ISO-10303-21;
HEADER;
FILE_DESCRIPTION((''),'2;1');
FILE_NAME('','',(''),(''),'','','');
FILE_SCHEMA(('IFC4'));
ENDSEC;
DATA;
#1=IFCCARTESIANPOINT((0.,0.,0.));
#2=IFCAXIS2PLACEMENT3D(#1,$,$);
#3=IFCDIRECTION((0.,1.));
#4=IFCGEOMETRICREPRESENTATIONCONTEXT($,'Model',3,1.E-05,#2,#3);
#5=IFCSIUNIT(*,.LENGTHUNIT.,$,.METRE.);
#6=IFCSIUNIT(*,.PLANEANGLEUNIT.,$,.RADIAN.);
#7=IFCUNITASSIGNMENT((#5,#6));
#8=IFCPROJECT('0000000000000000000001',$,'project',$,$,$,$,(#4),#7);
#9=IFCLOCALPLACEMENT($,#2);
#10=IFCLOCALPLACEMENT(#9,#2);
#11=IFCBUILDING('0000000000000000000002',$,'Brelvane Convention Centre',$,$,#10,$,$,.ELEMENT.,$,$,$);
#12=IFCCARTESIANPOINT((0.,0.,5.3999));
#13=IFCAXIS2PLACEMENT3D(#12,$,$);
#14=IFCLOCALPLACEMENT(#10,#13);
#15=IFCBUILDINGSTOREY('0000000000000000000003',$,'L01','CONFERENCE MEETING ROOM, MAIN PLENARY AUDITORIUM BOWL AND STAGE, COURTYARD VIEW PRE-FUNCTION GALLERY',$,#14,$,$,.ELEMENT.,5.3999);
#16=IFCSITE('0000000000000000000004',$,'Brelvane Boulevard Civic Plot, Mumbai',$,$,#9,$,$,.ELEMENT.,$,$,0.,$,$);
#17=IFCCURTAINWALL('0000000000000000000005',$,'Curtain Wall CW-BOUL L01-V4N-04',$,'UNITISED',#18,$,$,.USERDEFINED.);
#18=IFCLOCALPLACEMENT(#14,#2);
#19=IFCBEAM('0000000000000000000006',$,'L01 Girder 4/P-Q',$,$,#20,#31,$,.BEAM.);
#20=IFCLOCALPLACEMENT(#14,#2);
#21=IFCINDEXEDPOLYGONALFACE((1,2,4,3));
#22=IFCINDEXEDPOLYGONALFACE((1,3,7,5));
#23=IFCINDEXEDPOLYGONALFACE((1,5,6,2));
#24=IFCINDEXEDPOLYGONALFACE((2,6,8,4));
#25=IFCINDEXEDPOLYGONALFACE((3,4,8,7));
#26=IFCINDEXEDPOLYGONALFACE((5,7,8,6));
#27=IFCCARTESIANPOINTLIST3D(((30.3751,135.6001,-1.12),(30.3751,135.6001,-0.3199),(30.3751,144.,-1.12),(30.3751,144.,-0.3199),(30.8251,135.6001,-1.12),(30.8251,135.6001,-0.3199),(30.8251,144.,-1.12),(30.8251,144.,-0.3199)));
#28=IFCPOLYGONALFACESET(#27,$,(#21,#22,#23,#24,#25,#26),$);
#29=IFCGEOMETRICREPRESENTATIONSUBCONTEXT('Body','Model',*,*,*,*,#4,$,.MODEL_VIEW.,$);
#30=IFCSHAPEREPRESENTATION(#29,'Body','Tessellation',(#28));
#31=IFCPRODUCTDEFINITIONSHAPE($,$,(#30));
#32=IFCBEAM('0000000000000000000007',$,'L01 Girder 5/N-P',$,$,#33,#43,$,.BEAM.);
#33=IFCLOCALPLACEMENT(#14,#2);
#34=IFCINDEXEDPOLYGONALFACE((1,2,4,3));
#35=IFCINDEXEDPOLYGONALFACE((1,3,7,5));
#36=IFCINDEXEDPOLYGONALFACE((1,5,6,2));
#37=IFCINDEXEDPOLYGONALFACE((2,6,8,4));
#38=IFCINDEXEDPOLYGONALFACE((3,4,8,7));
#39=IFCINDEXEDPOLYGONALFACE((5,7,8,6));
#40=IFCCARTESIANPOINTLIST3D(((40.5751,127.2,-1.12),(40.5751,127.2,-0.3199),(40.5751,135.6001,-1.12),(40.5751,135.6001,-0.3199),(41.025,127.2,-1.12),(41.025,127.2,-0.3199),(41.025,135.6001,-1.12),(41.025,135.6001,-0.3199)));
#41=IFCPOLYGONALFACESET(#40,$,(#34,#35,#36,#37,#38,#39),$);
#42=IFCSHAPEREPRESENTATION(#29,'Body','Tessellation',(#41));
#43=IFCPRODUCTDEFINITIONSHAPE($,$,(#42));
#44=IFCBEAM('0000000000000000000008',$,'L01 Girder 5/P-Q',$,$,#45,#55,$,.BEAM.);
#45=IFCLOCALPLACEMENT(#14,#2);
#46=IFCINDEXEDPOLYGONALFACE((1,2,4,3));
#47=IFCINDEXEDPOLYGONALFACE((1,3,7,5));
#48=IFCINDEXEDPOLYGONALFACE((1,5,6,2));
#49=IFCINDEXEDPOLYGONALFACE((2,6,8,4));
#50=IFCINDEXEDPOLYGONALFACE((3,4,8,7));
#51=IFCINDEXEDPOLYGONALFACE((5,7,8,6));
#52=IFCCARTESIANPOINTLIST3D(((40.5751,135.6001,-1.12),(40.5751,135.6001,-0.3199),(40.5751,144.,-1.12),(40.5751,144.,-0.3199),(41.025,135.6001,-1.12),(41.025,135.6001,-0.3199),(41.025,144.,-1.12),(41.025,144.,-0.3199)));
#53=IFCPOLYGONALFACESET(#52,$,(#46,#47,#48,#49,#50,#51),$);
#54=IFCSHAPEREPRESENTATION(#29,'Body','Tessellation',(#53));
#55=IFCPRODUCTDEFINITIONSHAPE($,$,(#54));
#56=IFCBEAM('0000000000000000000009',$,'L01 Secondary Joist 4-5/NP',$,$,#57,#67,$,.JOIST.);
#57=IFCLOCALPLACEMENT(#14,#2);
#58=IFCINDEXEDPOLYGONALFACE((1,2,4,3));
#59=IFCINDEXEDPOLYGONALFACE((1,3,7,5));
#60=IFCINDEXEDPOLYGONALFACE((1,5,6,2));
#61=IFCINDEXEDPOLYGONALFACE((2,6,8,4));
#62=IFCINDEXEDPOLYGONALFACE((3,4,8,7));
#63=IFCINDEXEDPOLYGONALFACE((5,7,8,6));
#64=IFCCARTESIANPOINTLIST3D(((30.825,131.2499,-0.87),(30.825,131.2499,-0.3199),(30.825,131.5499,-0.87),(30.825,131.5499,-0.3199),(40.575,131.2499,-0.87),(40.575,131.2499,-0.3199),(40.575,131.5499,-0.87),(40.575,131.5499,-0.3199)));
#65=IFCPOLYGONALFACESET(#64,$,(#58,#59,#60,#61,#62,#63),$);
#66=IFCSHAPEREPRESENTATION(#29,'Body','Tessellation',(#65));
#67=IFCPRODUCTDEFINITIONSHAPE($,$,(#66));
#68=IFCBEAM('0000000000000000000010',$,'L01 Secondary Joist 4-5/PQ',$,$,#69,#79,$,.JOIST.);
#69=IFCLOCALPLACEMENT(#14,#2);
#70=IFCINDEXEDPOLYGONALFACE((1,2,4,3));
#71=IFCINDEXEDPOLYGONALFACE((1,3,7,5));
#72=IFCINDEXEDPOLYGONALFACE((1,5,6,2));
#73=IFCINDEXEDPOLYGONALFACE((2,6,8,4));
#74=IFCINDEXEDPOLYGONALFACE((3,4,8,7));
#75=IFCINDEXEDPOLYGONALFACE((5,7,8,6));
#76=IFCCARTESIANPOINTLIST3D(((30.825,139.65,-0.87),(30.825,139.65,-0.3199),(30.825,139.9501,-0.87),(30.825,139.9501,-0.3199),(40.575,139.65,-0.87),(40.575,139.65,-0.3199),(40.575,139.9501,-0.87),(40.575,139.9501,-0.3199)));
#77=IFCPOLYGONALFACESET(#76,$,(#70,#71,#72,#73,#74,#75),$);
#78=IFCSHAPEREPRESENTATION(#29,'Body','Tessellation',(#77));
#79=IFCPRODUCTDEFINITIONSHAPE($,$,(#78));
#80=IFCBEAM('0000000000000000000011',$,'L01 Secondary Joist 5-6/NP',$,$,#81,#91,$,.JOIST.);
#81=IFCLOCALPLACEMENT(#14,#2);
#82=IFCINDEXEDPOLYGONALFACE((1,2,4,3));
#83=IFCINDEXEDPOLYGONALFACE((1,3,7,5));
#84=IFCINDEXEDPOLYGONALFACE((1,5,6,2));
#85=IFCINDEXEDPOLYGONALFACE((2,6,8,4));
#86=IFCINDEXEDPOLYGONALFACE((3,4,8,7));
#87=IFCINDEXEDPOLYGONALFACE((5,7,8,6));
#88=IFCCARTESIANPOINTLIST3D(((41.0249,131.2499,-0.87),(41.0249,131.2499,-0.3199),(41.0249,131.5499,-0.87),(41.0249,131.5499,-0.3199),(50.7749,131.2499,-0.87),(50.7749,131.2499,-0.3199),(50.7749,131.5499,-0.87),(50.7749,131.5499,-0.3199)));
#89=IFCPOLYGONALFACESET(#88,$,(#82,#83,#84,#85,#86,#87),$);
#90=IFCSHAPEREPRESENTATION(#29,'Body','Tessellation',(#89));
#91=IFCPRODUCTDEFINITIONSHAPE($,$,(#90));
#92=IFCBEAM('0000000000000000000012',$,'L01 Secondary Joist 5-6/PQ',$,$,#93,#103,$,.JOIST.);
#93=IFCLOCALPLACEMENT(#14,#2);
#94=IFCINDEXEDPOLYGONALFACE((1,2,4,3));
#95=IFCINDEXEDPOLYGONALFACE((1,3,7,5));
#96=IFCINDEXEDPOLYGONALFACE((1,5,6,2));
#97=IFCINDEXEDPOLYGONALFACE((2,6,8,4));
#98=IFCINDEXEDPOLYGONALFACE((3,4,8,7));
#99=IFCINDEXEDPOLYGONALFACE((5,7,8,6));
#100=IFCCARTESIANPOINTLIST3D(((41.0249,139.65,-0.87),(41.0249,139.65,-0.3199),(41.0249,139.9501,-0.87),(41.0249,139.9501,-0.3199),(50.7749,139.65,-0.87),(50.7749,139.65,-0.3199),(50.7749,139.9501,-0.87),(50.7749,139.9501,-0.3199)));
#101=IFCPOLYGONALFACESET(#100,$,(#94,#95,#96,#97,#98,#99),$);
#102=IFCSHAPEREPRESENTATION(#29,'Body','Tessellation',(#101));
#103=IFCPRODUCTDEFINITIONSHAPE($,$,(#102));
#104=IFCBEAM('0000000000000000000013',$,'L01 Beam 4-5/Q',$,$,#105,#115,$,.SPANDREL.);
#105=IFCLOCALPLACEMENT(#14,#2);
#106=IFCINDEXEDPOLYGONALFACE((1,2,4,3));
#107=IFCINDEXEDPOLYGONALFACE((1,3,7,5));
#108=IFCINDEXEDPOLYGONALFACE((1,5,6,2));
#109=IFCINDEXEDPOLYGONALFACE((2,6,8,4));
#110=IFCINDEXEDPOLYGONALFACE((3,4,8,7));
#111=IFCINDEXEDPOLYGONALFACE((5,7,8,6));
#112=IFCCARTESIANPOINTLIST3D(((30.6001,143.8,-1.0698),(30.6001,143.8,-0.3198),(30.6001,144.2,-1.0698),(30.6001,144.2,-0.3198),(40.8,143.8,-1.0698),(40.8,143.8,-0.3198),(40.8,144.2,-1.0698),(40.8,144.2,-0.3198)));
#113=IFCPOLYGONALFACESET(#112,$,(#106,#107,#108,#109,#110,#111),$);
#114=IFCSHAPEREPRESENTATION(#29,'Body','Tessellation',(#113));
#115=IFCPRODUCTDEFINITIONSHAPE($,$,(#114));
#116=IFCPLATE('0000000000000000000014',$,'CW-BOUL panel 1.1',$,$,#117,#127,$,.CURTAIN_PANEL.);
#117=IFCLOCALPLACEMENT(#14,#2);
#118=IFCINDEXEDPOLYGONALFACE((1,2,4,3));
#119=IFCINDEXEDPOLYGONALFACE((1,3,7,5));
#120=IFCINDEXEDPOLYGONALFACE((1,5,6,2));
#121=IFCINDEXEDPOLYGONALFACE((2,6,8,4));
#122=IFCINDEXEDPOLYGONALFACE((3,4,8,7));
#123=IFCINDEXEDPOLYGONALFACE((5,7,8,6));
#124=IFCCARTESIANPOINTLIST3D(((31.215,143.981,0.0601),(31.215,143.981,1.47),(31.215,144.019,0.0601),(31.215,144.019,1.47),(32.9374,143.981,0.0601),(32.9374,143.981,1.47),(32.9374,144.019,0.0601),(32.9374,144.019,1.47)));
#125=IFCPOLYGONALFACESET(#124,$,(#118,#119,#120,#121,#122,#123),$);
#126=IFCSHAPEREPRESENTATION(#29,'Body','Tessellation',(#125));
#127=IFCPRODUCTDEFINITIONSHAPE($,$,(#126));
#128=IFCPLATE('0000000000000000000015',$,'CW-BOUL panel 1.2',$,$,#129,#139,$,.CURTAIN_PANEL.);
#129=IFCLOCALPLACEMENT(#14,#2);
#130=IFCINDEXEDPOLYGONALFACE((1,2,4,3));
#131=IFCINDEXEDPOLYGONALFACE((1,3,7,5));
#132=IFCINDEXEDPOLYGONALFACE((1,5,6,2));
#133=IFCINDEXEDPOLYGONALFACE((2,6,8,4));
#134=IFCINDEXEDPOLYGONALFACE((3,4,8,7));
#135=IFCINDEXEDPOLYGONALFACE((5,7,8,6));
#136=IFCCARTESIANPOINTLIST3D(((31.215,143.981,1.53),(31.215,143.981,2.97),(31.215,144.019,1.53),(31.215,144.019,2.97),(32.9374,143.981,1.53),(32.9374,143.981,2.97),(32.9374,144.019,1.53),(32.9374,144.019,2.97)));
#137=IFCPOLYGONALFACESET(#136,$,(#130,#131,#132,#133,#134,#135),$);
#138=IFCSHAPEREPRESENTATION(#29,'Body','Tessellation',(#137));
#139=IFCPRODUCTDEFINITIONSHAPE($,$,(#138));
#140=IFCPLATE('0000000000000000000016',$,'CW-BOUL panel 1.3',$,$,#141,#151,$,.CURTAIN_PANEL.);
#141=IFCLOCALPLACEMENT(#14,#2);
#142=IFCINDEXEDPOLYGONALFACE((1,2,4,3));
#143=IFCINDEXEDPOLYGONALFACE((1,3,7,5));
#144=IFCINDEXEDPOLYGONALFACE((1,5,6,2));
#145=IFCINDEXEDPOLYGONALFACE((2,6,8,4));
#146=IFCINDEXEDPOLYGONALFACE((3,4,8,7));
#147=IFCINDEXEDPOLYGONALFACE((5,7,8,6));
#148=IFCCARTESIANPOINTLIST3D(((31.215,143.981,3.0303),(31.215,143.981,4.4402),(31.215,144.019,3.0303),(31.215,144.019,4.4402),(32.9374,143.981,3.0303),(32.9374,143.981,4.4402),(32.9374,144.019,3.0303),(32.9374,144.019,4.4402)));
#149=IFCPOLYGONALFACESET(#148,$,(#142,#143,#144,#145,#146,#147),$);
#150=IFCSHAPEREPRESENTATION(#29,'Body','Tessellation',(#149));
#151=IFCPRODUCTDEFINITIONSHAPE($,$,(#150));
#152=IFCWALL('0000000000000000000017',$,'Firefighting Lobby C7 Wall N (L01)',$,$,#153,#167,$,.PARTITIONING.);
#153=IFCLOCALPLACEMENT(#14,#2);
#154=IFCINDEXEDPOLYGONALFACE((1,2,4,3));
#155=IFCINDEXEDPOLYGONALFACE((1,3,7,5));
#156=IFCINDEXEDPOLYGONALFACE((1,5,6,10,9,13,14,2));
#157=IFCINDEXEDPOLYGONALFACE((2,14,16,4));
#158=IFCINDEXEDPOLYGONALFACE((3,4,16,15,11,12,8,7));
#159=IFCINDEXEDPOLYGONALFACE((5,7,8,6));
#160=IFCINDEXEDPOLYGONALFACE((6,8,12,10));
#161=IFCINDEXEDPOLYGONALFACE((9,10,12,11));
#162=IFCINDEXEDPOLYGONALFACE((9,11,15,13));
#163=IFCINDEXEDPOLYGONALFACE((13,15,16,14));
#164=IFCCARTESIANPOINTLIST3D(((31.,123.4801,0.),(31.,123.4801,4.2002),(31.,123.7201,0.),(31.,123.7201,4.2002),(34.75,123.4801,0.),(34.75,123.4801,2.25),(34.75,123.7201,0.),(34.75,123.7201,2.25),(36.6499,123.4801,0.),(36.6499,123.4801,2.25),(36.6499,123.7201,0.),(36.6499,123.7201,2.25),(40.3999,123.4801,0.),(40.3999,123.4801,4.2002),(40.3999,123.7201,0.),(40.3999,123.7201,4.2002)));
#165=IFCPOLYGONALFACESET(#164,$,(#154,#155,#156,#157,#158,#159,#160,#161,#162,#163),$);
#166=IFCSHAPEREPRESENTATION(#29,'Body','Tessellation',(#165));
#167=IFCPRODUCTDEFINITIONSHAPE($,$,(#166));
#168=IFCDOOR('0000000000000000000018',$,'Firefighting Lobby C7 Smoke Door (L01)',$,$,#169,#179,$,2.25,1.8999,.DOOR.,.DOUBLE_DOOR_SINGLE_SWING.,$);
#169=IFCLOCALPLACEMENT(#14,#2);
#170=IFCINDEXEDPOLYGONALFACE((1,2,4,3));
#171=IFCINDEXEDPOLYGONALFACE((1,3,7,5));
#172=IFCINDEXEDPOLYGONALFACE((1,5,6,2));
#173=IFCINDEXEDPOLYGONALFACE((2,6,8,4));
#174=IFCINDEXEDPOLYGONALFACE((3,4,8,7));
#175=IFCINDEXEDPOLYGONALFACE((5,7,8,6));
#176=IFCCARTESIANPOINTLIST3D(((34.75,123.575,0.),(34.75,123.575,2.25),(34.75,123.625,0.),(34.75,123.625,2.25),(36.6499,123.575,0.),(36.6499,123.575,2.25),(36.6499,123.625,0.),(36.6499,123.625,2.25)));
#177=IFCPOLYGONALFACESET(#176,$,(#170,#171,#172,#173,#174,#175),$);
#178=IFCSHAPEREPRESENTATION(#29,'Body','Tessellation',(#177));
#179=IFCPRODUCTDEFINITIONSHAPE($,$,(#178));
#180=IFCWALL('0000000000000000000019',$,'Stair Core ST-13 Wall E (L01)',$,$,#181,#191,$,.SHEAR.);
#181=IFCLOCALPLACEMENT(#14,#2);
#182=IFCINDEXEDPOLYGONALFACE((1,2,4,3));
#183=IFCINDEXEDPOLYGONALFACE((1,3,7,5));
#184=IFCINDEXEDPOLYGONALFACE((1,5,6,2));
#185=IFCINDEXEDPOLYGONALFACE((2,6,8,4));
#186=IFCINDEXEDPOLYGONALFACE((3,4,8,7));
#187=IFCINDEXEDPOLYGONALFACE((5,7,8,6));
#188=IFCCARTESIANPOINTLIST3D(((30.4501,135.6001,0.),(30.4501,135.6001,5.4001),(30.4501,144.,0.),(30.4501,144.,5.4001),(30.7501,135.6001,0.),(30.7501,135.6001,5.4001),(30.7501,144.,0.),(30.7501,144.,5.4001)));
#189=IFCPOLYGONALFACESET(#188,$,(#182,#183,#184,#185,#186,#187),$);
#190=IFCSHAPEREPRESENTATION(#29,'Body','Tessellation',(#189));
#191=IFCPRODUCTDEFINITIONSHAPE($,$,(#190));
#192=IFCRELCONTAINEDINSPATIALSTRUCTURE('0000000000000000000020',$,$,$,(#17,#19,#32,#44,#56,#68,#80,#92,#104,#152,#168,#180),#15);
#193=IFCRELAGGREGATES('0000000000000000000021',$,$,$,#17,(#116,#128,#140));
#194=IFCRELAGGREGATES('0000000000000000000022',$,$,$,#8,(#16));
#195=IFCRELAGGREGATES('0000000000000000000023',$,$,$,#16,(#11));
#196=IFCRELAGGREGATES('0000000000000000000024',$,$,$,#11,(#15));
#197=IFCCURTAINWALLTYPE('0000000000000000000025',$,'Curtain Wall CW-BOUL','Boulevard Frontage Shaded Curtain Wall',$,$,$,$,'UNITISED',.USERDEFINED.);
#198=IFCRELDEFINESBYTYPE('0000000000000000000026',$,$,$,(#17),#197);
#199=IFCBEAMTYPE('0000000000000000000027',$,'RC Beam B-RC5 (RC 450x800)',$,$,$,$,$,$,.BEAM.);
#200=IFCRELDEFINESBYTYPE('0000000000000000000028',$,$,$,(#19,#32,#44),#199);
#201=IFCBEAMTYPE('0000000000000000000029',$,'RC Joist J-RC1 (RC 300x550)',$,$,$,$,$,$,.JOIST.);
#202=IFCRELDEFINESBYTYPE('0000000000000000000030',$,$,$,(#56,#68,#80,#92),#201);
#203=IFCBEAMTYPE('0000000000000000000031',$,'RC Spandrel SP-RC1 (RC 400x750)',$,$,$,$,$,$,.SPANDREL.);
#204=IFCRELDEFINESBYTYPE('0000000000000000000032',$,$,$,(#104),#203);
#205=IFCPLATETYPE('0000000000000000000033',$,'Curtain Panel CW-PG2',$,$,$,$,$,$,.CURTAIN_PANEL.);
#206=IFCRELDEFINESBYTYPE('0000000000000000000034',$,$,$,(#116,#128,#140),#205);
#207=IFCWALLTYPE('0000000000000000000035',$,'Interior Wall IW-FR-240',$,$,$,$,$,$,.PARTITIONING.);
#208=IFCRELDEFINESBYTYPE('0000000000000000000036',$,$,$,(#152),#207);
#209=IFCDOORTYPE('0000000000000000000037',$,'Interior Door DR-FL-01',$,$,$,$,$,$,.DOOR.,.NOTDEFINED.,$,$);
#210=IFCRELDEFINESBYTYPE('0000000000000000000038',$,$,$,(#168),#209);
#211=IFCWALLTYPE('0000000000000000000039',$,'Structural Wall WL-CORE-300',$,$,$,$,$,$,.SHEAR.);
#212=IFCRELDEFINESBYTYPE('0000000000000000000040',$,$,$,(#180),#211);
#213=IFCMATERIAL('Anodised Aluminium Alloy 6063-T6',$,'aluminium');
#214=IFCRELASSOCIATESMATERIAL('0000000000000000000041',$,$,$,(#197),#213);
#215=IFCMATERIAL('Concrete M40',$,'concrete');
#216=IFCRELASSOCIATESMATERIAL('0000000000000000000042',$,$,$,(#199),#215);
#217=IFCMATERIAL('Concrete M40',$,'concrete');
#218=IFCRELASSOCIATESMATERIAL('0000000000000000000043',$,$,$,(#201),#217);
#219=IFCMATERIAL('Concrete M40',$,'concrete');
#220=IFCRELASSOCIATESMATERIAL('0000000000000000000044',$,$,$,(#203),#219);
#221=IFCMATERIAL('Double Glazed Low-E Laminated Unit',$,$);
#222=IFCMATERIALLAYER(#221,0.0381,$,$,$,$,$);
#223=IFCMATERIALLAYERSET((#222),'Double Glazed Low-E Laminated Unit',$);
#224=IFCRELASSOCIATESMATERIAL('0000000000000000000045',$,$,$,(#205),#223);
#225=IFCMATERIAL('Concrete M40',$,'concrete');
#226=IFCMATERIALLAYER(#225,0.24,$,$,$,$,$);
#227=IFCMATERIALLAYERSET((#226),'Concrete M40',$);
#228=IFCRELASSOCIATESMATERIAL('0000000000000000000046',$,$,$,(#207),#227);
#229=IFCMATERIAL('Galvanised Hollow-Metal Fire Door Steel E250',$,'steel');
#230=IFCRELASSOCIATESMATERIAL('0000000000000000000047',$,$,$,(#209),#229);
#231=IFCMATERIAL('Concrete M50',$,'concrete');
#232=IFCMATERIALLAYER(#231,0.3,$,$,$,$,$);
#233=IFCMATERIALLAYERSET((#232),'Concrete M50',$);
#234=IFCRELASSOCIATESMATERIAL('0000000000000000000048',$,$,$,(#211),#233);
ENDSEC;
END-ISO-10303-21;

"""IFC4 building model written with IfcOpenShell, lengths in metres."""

from ifc_helpers import new_model, si_unit, direction, frame, frame_2d, origin, origin_2d, place, context, subcontext, project, spatial, rectangle, extrude, material, layer, layer_set, material_profile, profile_set, type_object, element, fill, aggregate, save


model = new_model("IFC4")

# Units and contexts
model_context = context("Model", 3, precision=1e-05, world=origin(), true_north=direction((0.0, 1.0)))
body_context = subcontext(model_context, "Body", "Model", "MODEL_VIEW")
ifc_project = project(units=[si_unit("LENGTHUNIT", "METRE"), si_unit("PLANEANGLEUNIT", "RADIAN")], contexts=[model_context])

# Site, building, storey
site_placement = place(None, origin())
site = spatial("IfcSite", under=ifc_project, at=site_placement, Name="Brelvane Boulevard Civic Plot, Mumbai", CompositionType="ELEMENT", RefElevation=0.0)
building_placement = place(site_placement, origin())
building = spatial("IfcBuilding", under=site, at=building_placement, Name="Brelvane Convention Centre", CompositionType="ELEMENT")
storey_placement = place(building_placement, frame((0.0, 0.0, 5.3999)))
storey = spatial("IfcBuildingStorey", under=building, at=storey_placement, Name="L01", Description="CONFERENCE MEETING ROOM, MAIN PLENARY AUDITORIUM BOWL AND STAGE, COURTYARD VIEW PRE-FUNCTION GALLERY", CompositionType="ELEMENT", Elevation=5.3999)

# Curtain wall
ifc_material_1 = material(Name="Anodised Aluminium Alloy 6063-T6", Category="aluminium")
curtain_wall_type = type_object("IfcCurtainWallType", Name="Curtain Wall CW-BOUL", Description="Boulevard Frontage Shaded Curtain Wall", ElementType="UNITISED", PredefinedType="USERDEFINED", material=ifc_material_1)
curtain_wall_placement = place(storey_placement, origin())
curtain_wall = element("IfcCurtainWall", 1, at=curtain_wall_placement, inside=storey, type_object=curtain_wall_type, Name="Curtain Wall CW-BOUL L01-V4N-04", ObjectType="UNITISED", PredefinedType="USERDEFINED")

# Beams
ifc_material_2 = material(Name="Concrete M40", Category="concrete")
ifc_material_profile_1 = material_profile(ifc_material_2, rectangle(XDim=0.45, YDim=0.8, at=origin_2d()), Name="RC 450x800")
ifc_profile_set_1 = profile_set([ifc_material_profile_1], Name="Concrete M40")
beam_type_1 = type_object("IfcBeamType", Name="RC Beam B-RC5 (RC 450x800)", PredefinedType="BEAM", material=ifc_profile_set_1)
beam_1_placement = place(storey_placement, frame((30.6001, 135.6001, -0.72), z_axis=(0.0, 1.0, 0.0), x_axis=(-1.0, 0.0, 0.0)))
element("IfcBeam", 2, at=beam_1_placement, inside=storey, type_object=beam_type_1, Name="L01 Girder 4/P-Q", PredefinedType="BEAM", context=body_context, shape_type="SweptSolid", body=[
    extrude(rectangle(XDim=0.45, YDim=0.8, at=origin_2d()), origin(), (0.0, 0.0, 1.0), 8.3999),
])
beam_2_placement = place(storey_placement, frame((40.8, 127.2, -0.72), z_axis=(0.0, 1.0, 0.0), x_axis=(-1.0, 0.0, 0.0)))
element("IfcBeam", 3, at=beam_2_placement, inside=storey, type_object=beam_type_1, Name="L01 Girder 5/N-P", PredefinedType="BEAM", context=body_context, shape_type="SweptSolid", body=[
    extrude(rectangle(XDim=0.45, YDim=0.8, at=origin_2d()), origin(), (0.0, 0.0, 1.0), 8.4001),
])
beam_3_placement = place(storey_placement, frame((40.8, 135.6001, -0.72), z_axis=(0.0, 1.0, 0.0), x_axis=(-1.0, 0.0, 0.0)))
element("IfcBeam", 4, at=beam_3_placement, inside=storey, type_object=beam_type_1, Name="L01 Girder 5/P-Q", PredefinedType="BEAM", context=body_context, shape_type="SweptSolid", body=[
    extrude(rectangle(XDim=0.45, YDim=0.8, at=origin_2d()), origin(), (0.0, 0.0, 1.0), 8.3999),
])
ifc_material_3 = material(Name="Concrete M40", Category="concrete")
ifc_material_profile_2 = material_profile(ifc_material_3, rectangle(XDim=0.3, YDim=0.55, at=origin_2d()), Name="RC 300x550")
ifc_profile_set_2 = profile_set([ifc_material_profile_2], Name="Concrete M40")
beam_type_2 = type_object("IfcBeamType", Name="RC Joist J-RC1 (RC 300x550)", PredefinedType="JOIST", material=ifc_profile_set_2)
for number, where, z_axis, x_axis, name in (
    (5, (30.825, 131.3999, -0.595), (1.0, 0.0, 0.0), (0.0, 1.0, 0.0), "L01 Secondary Joist 4-5/NP"),
    (6, (30.825, 139.8, -0.595), (1.0, 0.0, 0.0), (0.0, 1.0, 0.0), "L01 Secondary Joist 4-5/PQ"),
    (7, (41.0249, 131.3999, -0.595), (1.0, 0.0, 0.0), (0.0, 1.0, 0.0), "L01 Secondary Joist 5-6/NP"),
    (8, (41.0249, 139.8, -0.595), (1.0, 0.0, 0.0), (0.0, 1.0, 0.0), "L01 Secondary Joist 5-6/PQ"),
):
    element("IfcBeam", number, at=place(storey_placement, frame(where, z_axis=z_axis, x_axis=x_axis)), inside=storey, type_object=beam_type_2, Name=name, PredefinedType="JOIST", context=body_context, shape_type="SweptSolid", body=[
        extrude(rectangle(XDim=0.3, YDim=0.55, at=origin_2d()), origin(), (0.0, 0.0, 1.0), 9.75),
    ])
ifc_material_4 = material(Name="Concrete M40", Category="concrete")
ifc_material_profile_3 = material_profile(ifc_material_4, rectangle(XDim=0.3999, YDim=0.75, at=origin_2d()), Name="RC 400x750")
ifc_profile_set_3 = profile_set([ifc_material_profile_3], Name="Concrete M40")
beam_type_3 = type_object("IfcBeamType", Name="RC Spandrel SP-RC1 (RC 400x750)", PredefinedType="SPANDREL", material=ifc_profile_set_3)
beam_4_placement = place(storey_placement, frame((30.6001, 144.0, -0.6948), z_axis=(1.0, 0.0, 0.0), x_axis=(0.0, 1.0, 0.0)))
element("IfcBeam", 9, at=beam_4_placement, inside=storey, type_object=beam_type_3, Name="L01 Beam 4-5/Q", PredefinedType="SPANDREL", context=body_context, shape_type="SweptSolid", body=[
    extrude(rectangle(XDim=0.3999, YDim=0.75, at=origin_2d()), origin(), (0.0, 0.0, 1.0), 10.2),
])

# Plates
ifc_material_5 = material(Name="Double Glazed Low-E Laminated Unit")
ifc_layer_1 = layer(ifc_material_5, 0.0381)
ifc_layer_set_1 = layer_set([ifc_layer_1], Name="Double Glazed Low-E Laminated Unit")
plate_type = type_object("IfcPlateType", Name="Curtain Panel CW-PG2", PredefinedType="CURTAIN_PANEL", material=ifc_layer_set_1)
plate_1_placement = place(storey_placement, frame((32.0762, 144.0, 0.0601), z_axis=(0.0, 0.0, 1.0), x_axis=(1.0, 0.0, 0.0)))
plate_1 = element("IfcPlate", 10, at=plate_1_placement, type_object=plate_type, Name="CW-BOUL panel 1.1", PredefinedType="CURTAIN_PANEL", context=body_context, shape_type="SweptSolid", body=[
    extrude(rectangle(XDim=1.7224, YDim=0.0381, at=origin_2d()), origin(), (0.0, 0.0, 1.0), 1.4099),
])
plate_2_placement = place(storey_placement, frame((32.0762, 144.0, 1.53), z_axis=(0.0, 0.0, 1.0), x_axis=(1.0, 0.0, 0.0)))
plate_2 = element("IfcPlate", 11, at=plate_2_placement, type_object=plate_type, Name="CW-BOUL panel 1.2", PredefinedType="CURTAIN_PANEL", context=body_context, shape_type="SweptSolid", body=[
    extrude(rectangle(XDim=1.7224, YDim=0.0381, at=origin_2d()), origin(), (0.0, 0.0, 1.0), 1.4399),
])
plate_3_placement = place(storey_placement, frame((32.0762, 144.0, 3.0303), z_axis=(0.0, 0.0, 1.0), x_axis=(1.0, 0.0, 0.0)))
plate_3 = element("IfcPlate", 12, at=plate_3_placement, type_object=plate_type, Name="CW-BOUL panel 1.3", PredefinedType="CURTAIN_PANEL", context=body_context, shape_type="SweptSolid", body=[
    extrude(rectangle(XDim=1.7224, YDim=0.0381, at=origin_2d()), origin(), (0.0, 0.0, 1.0), 1.4099),
])
aggregate(curtain_wall, [plate_1, plate_2, plate_3])

# Wall, opening, door
ifc_material_6 = material(Name="Concrete M40", Category="concrete")
ifc_layer_2 = layer(ifc_material_6, 0.24)
ifc_layer_set_2 = layer_set([ifc_layer_2], Name="Concrete M40")
wall_type_1 = type_object("IfcWallType", Name="Interior Wall IW-FR-240", PredefinedType="PARTITIONING", material=ifc_layer_set_2)
wall_1_placement = place(storey_placement, frame((31.0, 123.6001, 0.0), z_axis=(0.0, 0.0, 1.0), x_axis=(1.0, 0.0, 0.0)))
wall_1 = element("IfcWall", 13, at=wall_1_placement, inside=storey, type_object=wall_type_1, Name="Firefighting Lobby C7 Wall N (L01)", PredefinedType="PARTITIONING", context=body_context, shape_type="SweptSolid", body=[
    extrude(rectangle(XDim=9.3999, YDim=0.24, at=frame_2d((4.7, 0.0))), origin(), (0.0, 0.0, 1.0), 4.2002),
])
opening_placement = place(wall_1_placement, frame((3.75, 0.0, 0.0)))
opening = element("IfcOpeningElement", 14, at=opening_placement, cuts=wall_1, PredefinedType="OPENING", context=body_context, shape_type="SweptSolid", body=[
    extrude(rectangle(XDim=1.8999, YDim=2.25, at=frame_2d((0.95, 1.125))), frame((0.0, 0.1299, 0.0), z_axis=(0.0, -1.0, 0.0), x_axis=(1.0, 0.0, 0.0)), (0.0, 0.0, 1.0), 0.26),
])
ifc_material_7 = material(Name="Galvanised Hollow-Metal Fire Door Steel E250", Category="steel")
door_type = type_object("IfcDoorType", Name="Interior Door DR-FL-01", OperationType="NOTDEFINED", PredefinedType="DOOR", material=ifc_material_7)
door_placement = place(opening_placement, origin())
door = element("IfcDoor", 15, at=door_placement, inside=storey, type_object=door_type, Name="Firefighting Lobby C7 Smoke Door (L01)", OperationType="DOUBLE_DOOR_SINGLE_SWING", OverallHeight=2.25, OverallWidth=1.8999, PredefinedType="DOOR", context=body_context, shape_type="SweptSolid", body=[
    extrude(rectangle(XDim=1.8999, YDim=2.25, at=frame_2d((0.95, 1.125))), frame((0.0, 0.0249, 0.0), z_axis=(0.0, -1.0, 0.0), x_axis=(1.0, 0.0, 0.0)), (0.0, 0.0, 1.0), 0.05),
])
fill(opening, door)

# Wall
ifc_material_8 = material(Name="Concrete M50", Category="concrete")
ifc_layer_3 = layer(ifc_material_8, 0.3)
ifc_layer_set_3 = layer_set([ifc_layer_3], Name="Concrete M50")
wall_type_2 = type_object("IfcWallType", Name="Structural Wall WL-CORE-300", PredefinedType="SHEAR", material=ifc_layer_set_3)
wall_2_placement = place(storey_placement, frame((30.6001, 135.6001, 0.0), z_axis=(0.0, 0.0, 1.0), x_axis=(0.0, 1.0, 0.0)))
element("IfcWall", 16, at=wall_2_placement, inside=storey, type_object=wall_type_2, Name="Stair Core ST-13 Wall E (L01)", PredefinedType="SHEAR", context=body_context, shape_type="SweptSolid", body=[
    extrude(rectangle(XDim=8.3999, YDim=0.3, at=frame_2d((4.2, 0.0))), origin(), (0.0, 0.0, 1.0), 5.4001),
])

save(model, "model.ifc")
